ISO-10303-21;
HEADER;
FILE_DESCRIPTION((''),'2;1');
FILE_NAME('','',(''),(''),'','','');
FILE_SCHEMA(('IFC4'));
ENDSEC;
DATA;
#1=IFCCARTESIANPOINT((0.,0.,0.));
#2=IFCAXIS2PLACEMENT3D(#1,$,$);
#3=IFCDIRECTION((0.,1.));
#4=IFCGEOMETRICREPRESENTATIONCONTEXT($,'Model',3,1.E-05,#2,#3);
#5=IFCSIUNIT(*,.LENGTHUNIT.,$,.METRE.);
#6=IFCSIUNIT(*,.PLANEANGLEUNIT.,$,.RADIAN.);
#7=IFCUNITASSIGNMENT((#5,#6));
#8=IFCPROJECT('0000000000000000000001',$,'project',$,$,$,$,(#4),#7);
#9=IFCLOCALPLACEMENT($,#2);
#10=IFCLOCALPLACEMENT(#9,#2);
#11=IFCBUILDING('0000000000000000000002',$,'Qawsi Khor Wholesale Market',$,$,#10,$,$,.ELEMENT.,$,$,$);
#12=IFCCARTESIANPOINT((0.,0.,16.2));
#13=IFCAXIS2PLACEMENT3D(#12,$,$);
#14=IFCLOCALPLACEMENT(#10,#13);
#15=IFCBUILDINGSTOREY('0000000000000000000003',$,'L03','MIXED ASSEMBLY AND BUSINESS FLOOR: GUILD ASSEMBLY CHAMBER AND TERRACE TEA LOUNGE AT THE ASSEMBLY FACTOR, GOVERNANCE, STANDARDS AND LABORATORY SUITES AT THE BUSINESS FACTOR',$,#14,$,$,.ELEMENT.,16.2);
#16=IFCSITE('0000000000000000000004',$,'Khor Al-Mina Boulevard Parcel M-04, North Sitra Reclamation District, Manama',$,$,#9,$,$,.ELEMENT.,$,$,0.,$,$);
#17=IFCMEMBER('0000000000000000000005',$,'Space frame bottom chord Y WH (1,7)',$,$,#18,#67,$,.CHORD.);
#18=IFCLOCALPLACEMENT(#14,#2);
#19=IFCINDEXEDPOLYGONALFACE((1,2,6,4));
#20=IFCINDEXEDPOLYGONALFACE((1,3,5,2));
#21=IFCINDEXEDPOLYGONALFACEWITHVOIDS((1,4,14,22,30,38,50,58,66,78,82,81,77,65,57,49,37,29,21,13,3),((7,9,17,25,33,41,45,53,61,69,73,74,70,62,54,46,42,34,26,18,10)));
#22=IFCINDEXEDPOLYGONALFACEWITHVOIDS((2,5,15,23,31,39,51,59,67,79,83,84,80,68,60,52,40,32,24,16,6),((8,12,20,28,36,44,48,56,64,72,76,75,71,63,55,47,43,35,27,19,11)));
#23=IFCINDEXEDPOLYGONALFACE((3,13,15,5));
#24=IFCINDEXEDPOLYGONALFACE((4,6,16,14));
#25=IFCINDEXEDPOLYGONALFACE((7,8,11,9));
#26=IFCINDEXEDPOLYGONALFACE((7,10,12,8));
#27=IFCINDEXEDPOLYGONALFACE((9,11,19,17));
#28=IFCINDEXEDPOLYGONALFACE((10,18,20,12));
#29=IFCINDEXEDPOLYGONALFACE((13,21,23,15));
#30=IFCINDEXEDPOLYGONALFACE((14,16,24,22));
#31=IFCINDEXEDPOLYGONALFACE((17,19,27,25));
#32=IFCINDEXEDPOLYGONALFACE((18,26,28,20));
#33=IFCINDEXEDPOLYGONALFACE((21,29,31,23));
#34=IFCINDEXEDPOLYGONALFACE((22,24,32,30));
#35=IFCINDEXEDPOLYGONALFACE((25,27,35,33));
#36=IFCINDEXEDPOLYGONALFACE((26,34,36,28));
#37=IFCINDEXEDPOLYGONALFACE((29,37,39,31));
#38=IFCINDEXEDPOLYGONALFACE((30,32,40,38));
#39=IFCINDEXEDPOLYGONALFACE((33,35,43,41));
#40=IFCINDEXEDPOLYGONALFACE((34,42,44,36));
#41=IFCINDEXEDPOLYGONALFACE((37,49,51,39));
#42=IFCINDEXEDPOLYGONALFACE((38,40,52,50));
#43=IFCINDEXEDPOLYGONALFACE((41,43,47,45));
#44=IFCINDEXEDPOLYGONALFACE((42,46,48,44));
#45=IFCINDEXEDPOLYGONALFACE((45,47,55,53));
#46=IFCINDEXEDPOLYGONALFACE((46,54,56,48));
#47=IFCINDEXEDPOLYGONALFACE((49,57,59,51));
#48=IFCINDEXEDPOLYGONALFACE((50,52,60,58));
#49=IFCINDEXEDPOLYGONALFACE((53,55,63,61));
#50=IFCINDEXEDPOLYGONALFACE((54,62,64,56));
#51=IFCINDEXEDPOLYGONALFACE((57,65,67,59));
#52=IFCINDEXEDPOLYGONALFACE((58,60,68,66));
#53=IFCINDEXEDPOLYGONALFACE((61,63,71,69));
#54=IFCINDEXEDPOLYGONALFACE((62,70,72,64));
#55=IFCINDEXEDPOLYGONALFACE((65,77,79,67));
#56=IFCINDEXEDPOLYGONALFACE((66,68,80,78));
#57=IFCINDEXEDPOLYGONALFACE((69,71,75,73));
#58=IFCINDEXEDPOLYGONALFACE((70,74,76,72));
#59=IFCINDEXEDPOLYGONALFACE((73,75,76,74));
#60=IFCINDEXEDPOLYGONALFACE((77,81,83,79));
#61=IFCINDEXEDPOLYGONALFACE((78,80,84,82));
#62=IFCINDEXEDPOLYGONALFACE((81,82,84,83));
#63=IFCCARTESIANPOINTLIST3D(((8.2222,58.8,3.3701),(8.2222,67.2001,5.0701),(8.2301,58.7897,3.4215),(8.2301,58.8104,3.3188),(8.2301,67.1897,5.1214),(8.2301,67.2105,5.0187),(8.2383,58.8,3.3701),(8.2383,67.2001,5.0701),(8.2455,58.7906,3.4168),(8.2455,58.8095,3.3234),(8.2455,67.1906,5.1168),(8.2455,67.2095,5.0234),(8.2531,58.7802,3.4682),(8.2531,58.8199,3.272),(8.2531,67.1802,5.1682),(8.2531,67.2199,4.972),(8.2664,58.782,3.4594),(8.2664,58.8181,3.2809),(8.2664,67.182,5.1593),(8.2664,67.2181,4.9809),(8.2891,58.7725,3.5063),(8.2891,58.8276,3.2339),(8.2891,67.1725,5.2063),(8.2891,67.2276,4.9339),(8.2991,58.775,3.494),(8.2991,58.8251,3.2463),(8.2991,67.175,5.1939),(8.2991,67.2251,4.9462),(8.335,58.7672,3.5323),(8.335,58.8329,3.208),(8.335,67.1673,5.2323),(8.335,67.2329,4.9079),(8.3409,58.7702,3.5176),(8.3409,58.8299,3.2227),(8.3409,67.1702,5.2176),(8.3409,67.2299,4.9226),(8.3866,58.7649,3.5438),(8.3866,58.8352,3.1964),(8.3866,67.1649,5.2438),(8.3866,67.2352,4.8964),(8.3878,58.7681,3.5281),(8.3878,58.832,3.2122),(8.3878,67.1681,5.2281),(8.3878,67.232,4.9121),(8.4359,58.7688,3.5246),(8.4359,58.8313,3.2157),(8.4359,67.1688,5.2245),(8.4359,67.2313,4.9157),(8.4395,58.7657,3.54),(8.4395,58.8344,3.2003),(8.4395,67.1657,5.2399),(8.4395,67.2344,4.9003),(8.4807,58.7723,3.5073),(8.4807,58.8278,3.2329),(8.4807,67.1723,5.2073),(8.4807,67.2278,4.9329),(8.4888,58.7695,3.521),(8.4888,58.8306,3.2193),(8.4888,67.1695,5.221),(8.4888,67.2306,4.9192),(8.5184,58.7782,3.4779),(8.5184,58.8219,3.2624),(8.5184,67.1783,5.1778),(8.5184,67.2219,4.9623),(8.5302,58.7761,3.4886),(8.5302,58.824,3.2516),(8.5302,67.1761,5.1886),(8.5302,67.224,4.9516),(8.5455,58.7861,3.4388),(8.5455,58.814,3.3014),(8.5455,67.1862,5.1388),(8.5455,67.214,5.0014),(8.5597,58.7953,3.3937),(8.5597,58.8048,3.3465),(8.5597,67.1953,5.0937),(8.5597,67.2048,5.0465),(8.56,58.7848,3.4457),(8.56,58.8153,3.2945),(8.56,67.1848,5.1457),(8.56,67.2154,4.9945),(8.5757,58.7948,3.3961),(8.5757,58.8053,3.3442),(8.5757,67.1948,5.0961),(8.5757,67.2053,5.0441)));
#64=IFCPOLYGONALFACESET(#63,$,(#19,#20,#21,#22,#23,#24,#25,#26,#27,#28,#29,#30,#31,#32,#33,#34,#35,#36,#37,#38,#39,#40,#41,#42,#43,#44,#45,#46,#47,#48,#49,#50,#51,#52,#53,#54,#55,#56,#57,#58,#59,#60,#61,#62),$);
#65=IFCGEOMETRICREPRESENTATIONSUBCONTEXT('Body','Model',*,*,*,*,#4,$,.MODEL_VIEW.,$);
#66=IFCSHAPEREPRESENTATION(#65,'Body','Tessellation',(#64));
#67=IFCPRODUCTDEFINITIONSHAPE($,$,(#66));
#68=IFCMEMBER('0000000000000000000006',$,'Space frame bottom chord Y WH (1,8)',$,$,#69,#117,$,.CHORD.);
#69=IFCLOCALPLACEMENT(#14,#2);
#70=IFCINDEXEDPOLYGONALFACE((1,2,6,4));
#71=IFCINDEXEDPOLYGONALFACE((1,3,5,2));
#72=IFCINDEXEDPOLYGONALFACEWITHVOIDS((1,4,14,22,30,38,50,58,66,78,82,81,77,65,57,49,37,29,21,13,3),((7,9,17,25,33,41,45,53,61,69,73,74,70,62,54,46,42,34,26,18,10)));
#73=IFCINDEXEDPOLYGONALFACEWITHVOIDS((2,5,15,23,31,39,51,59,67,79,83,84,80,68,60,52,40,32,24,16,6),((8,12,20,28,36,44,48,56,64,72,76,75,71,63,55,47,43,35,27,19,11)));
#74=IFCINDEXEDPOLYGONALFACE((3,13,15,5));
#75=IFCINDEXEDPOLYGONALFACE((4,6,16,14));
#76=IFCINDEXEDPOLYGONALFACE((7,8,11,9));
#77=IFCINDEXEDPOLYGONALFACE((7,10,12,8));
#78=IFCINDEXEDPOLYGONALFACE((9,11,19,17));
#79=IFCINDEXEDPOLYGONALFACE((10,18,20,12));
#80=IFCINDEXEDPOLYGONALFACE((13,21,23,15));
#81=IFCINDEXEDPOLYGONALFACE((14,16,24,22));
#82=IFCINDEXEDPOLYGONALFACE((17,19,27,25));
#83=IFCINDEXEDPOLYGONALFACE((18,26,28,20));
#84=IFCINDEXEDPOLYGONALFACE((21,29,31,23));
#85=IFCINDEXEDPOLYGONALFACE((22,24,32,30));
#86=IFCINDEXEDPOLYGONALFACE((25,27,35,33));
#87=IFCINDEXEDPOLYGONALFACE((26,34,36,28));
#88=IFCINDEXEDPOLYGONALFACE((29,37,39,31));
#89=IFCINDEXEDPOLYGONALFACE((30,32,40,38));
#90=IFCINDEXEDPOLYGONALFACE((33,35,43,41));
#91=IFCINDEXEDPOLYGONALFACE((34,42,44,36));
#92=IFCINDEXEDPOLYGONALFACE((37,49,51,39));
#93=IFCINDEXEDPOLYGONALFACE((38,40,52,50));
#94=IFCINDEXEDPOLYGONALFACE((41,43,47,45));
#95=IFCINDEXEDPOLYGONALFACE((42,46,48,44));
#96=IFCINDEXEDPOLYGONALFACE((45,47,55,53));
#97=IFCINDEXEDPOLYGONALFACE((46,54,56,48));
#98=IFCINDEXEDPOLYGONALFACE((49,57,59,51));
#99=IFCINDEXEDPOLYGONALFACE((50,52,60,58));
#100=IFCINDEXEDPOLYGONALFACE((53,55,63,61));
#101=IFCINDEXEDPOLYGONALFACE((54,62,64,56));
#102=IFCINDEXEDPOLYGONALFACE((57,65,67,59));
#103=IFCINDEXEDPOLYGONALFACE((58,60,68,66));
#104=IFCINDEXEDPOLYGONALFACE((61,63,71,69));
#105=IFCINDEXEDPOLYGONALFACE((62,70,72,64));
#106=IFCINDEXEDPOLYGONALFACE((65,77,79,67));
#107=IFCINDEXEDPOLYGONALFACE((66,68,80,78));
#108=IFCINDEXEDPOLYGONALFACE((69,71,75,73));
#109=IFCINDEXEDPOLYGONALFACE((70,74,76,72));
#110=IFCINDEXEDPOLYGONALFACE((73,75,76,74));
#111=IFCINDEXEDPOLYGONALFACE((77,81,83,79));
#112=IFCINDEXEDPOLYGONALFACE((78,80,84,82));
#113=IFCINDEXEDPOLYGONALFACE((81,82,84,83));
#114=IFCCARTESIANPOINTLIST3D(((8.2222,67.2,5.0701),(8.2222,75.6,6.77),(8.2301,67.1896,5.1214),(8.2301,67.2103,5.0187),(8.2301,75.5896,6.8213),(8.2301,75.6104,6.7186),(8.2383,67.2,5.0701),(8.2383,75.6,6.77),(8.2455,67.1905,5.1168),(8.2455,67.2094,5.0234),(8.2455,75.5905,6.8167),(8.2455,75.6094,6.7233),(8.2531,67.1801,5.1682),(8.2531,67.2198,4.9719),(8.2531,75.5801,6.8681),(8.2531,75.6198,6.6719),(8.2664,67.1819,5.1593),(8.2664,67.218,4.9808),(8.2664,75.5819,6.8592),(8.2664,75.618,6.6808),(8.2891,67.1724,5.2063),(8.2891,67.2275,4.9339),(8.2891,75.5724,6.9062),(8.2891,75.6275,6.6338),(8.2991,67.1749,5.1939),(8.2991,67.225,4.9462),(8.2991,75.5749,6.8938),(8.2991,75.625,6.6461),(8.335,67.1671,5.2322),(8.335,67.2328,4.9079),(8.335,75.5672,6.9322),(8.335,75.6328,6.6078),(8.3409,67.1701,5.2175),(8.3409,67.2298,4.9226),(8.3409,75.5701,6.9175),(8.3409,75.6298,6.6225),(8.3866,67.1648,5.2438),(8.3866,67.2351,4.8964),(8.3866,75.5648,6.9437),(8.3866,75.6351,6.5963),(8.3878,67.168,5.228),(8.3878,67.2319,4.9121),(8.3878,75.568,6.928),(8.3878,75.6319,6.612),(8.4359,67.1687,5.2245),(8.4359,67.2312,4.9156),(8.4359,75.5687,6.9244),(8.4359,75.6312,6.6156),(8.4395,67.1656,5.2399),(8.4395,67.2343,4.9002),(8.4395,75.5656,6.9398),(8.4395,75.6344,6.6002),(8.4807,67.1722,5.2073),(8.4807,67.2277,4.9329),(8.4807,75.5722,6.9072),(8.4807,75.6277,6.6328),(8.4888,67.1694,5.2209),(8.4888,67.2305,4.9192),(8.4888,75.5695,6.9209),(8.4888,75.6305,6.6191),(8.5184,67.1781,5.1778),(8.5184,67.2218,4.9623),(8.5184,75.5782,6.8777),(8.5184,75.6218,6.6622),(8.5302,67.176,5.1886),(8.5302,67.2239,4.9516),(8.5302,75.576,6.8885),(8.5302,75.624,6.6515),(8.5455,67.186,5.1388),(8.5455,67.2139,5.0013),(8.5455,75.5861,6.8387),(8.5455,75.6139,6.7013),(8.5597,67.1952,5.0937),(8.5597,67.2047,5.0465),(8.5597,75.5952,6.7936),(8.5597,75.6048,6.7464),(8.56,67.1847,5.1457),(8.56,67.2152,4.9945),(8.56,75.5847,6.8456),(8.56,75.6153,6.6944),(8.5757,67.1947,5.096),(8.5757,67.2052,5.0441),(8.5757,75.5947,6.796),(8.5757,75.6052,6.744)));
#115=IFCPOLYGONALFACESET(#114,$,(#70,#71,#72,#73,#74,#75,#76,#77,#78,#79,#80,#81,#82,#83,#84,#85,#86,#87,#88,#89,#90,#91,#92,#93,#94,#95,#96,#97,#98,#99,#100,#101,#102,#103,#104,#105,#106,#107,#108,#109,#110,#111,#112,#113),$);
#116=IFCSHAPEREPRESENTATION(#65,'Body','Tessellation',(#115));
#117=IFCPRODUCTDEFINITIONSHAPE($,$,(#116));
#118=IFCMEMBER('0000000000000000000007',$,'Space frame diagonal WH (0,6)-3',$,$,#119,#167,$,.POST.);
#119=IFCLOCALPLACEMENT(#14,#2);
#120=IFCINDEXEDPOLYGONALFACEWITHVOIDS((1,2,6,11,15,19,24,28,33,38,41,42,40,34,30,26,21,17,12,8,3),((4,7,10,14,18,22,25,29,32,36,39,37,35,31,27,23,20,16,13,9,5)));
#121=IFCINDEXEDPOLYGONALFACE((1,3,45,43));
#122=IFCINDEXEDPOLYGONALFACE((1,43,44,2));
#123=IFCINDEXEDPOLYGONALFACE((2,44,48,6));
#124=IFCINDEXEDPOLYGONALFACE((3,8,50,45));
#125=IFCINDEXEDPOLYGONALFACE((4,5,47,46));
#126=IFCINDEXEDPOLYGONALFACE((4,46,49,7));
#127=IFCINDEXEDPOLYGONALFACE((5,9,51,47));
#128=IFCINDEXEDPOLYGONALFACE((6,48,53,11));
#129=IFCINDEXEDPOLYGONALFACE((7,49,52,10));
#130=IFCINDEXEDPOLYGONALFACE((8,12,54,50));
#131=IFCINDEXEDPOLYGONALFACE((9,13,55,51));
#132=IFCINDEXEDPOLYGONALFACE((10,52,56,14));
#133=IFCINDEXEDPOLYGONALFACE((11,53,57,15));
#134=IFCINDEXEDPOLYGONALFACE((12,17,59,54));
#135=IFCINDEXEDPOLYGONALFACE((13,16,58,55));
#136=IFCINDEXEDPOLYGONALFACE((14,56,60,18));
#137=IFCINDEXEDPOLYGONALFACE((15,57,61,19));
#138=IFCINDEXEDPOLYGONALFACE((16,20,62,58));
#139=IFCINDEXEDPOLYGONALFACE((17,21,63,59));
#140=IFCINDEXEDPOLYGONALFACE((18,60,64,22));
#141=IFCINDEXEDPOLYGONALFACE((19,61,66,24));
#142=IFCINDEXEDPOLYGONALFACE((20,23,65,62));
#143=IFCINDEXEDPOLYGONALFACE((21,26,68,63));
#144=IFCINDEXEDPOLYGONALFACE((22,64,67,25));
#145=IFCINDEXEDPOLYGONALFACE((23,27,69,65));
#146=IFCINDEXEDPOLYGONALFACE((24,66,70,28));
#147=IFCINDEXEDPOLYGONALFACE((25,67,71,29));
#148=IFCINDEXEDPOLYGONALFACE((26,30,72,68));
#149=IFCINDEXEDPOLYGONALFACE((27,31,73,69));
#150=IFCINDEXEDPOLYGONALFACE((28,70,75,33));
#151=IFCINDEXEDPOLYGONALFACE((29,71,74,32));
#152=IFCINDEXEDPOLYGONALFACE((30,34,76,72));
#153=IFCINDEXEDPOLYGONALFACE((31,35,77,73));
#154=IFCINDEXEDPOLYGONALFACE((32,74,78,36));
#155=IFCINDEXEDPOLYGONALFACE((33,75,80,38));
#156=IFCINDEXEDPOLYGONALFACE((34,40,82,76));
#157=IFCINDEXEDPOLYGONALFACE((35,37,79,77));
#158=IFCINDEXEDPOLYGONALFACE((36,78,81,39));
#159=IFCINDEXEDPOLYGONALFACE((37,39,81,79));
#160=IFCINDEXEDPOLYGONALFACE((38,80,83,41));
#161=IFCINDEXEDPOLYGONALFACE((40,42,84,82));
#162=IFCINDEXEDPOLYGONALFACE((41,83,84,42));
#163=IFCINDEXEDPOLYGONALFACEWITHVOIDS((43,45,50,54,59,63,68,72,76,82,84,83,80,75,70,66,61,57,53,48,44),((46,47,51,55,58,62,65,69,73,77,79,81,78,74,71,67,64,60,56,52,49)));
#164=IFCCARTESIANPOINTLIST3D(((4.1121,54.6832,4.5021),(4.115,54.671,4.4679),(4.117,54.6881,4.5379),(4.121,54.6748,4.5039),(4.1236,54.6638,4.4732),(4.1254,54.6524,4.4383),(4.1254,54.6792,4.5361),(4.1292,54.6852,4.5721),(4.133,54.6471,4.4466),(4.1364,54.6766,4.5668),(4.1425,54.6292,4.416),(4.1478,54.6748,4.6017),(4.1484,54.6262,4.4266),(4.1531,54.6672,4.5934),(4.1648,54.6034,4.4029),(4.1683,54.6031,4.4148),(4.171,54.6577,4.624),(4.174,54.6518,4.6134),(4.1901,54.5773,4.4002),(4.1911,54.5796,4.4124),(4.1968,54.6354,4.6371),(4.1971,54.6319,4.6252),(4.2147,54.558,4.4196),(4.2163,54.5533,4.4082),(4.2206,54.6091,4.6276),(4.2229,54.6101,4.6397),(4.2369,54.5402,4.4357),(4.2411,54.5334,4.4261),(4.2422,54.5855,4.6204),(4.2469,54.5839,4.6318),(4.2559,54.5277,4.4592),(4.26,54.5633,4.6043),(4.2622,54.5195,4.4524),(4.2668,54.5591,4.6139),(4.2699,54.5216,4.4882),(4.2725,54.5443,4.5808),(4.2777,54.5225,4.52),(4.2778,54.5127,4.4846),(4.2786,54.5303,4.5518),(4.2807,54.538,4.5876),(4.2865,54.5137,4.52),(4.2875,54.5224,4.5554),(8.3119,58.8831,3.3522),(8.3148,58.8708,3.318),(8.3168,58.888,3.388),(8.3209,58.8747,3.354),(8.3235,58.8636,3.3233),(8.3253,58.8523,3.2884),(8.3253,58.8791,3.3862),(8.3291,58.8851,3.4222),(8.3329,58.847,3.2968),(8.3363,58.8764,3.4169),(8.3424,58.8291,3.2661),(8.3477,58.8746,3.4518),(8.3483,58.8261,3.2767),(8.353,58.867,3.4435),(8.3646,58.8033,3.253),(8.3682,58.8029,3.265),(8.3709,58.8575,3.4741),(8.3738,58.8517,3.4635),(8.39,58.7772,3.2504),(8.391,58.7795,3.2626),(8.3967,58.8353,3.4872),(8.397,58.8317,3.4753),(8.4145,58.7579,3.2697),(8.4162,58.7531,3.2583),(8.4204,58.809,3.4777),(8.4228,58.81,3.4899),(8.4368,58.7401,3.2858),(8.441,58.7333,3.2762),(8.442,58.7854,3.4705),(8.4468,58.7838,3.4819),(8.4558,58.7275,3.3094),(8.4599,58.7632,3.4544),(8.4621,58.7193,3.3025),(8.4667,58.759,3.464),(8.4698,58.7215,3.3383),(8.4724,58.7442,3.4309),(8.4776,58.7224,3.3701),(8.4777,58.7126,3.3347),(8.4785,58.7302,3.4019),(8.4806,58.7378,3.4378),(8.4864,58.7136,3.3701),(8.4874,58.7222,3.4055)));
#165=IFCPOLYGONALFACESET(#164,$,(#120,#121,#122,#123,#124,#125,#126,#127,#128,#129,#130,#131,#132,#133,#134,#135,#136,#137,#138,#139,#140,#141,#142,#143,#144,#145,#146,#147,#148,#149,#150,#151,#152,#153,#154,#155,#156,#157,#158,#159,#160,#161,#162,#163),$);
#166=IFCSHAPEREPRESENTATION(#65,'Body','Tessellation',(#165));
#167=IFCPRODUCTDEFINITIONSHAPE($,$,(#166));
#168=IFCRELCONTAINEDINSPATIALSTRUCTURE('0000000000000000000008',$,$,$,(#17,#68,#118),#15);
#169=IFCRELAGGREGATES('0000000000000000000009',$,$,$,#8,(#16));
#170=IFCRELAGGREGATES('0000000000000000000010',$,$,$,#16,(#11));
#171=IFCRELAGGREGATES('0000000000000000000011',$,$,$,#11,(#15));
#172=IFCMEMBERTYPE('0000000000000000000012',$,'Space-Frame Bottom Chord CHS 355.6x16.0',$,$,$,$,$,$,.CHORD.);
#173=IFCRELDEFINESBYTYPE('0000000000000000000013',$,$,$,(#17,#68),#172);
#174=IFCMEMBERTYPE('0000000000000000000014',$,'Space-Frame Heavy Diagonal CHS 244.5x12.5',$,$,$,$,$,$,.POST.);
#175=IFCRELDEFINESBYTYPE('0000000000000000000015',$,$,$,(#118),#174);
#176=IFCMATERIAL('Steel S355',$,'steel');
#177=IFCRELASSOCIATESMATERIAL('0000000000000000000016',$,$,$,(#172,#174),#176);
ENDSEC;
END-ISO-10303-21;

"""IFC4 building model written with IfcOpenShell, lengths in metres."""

from ifc_helpers import new_model, si_unit, direction, frame, origin, origin_2d, place, context, subcontext, project, spatial, hollow_circle, extrude, material, material_profile, profile_set, type_object, element, save


model = new_model("IFC4")

# Units and contexts
model_context = context("Model", 3, precision=1e-05, world=origin(), true_north=direction((0.0, 1.0)))
body_context = subcontext(model_context, "Body", "Model", "MODEL_VIEW")
ifc_project = project(units=[si_unit("LENGTHUNIT", "METRE"), si_unit("PLANEANGLEUNIT", "RADIAN")], contexts=[model_context])

# Site, building, storey
site_placement = place(None, origin())
site = spatial("IfcSite", under=ifc_project, at=site_placement, Name="Khor Al-Mina Boulevard Parcel M-04, North Sitra Reclamation District, Manama", CompositionType="ELEMENT", RefElevation=0.0)
building_placement = place(site_placement, origin())
building = spatial("IfcBuilding", under=site, at=building_placement, Name="Qawsi Khor Wholesale Market", CompositionType="ELEMENT")
storey_placement = place(building_placement, frame((0.0, 0.0, 16.2)))
storey = spatial("IfcBuildingStorey", under=building, at=storey_placement, Name="L03", Description="MIXED ASSEMBLY AND BUSINESS FLOOR: GUILD ASSEMBLY CHAMBER AND TERRACE TEA LOUNGE AT THE ASSEMBLY FACTOR, GOVERNANCE, STANDARDS AND LABORATORY SUITES AT THE BUSINESS FACTOR", CompositionType="ELEMENT", Elevation=16.2)

# Members
ifc_material_1 = material(Name="Steel S355", Category="steel")
ifc_material_profile_1 = material_profile(ifc_material_1, hollow_circle(Radius=0.1777, WallThickness=0.0161, at=origin_2d()), Name="CHS 355.6x16.0")
ifc_profile_set_1 = profile_set([ifc_material_profile_1], Name="Steel S355")
member_type_1 = type_object("IfcMemberType", Name="Space-Frame Bottom Chord CHS 355.6x16.0", PredefinedType="CHORD", material=ifc_profile_set_1)
for number, where, z_axis, x_axis, name in (
    (1, (8.3999, 58.8, 3.3701), (0.0, 0.98013, 0.198356), (-1.0, 0.0, 0.0), "Space frame bottom chord Y WH (1,7)"),
    (2, (8.3999, 67.2, 5.0701), (0.0, 0.980131, 0.198351), (-1.0, 0.0, 0.0), "Space frame bottom chord Y WH (1,8)"),
):
    element("IfcMember", number, at=place(storey_placement, frame(where, z_axis=z_axis, x_axis=x_axis)), inside=storey, type_object=member_type_1, Name=name, PredefinedType="CHORD", context=body_context, shape_type="SweptSolid", body=[
        extrude(hollow_circle(Radius=0.1777, WallThickness=0.0161, at=origin_2d()), origin(), (0.0, 0.0, 1.0), 8.5703),
    ])
ifc_material_profile_2 = material_profile(ifc_material_1, hollow_circle(Radius=0.1223, WallThickness=0.0125, at=origin_2d()), Name="CHS 244.5x12.5")
ifc_profile_set_2 = profile_set([ifc_material_profile_2], Name="Steel S355")
member_type_2 = type_object("IfcMemberType", Name="Space-Frame Heavy Diagonal CHS 244.5x12.5", PredefinedType="POST", material=ifc_profile_set_2)
member_1_placement = place(storey_placement, frame((8.3999, 58.8, 3.3701), z_axis=(-0.694217, -0.694217, 0.190069), x_axis=(0.707107, -0.707107, 0.0)))
element("IfcMember", 3, at=member_1_placement, inside=storey, type_object=member_type_2, Name="Space frame diagonal WH (0,6)-3", PredefinedType="POST", context=body_context, shape_type="SweptSolid", body=[
    extrude(hollow_circle(Radius=0.1223, WallThickness=0.0125, at=origin_2d()), origin(), (0.0, 0.0, 1.0), 6.0498),
])

save(model, "model.ifc")
